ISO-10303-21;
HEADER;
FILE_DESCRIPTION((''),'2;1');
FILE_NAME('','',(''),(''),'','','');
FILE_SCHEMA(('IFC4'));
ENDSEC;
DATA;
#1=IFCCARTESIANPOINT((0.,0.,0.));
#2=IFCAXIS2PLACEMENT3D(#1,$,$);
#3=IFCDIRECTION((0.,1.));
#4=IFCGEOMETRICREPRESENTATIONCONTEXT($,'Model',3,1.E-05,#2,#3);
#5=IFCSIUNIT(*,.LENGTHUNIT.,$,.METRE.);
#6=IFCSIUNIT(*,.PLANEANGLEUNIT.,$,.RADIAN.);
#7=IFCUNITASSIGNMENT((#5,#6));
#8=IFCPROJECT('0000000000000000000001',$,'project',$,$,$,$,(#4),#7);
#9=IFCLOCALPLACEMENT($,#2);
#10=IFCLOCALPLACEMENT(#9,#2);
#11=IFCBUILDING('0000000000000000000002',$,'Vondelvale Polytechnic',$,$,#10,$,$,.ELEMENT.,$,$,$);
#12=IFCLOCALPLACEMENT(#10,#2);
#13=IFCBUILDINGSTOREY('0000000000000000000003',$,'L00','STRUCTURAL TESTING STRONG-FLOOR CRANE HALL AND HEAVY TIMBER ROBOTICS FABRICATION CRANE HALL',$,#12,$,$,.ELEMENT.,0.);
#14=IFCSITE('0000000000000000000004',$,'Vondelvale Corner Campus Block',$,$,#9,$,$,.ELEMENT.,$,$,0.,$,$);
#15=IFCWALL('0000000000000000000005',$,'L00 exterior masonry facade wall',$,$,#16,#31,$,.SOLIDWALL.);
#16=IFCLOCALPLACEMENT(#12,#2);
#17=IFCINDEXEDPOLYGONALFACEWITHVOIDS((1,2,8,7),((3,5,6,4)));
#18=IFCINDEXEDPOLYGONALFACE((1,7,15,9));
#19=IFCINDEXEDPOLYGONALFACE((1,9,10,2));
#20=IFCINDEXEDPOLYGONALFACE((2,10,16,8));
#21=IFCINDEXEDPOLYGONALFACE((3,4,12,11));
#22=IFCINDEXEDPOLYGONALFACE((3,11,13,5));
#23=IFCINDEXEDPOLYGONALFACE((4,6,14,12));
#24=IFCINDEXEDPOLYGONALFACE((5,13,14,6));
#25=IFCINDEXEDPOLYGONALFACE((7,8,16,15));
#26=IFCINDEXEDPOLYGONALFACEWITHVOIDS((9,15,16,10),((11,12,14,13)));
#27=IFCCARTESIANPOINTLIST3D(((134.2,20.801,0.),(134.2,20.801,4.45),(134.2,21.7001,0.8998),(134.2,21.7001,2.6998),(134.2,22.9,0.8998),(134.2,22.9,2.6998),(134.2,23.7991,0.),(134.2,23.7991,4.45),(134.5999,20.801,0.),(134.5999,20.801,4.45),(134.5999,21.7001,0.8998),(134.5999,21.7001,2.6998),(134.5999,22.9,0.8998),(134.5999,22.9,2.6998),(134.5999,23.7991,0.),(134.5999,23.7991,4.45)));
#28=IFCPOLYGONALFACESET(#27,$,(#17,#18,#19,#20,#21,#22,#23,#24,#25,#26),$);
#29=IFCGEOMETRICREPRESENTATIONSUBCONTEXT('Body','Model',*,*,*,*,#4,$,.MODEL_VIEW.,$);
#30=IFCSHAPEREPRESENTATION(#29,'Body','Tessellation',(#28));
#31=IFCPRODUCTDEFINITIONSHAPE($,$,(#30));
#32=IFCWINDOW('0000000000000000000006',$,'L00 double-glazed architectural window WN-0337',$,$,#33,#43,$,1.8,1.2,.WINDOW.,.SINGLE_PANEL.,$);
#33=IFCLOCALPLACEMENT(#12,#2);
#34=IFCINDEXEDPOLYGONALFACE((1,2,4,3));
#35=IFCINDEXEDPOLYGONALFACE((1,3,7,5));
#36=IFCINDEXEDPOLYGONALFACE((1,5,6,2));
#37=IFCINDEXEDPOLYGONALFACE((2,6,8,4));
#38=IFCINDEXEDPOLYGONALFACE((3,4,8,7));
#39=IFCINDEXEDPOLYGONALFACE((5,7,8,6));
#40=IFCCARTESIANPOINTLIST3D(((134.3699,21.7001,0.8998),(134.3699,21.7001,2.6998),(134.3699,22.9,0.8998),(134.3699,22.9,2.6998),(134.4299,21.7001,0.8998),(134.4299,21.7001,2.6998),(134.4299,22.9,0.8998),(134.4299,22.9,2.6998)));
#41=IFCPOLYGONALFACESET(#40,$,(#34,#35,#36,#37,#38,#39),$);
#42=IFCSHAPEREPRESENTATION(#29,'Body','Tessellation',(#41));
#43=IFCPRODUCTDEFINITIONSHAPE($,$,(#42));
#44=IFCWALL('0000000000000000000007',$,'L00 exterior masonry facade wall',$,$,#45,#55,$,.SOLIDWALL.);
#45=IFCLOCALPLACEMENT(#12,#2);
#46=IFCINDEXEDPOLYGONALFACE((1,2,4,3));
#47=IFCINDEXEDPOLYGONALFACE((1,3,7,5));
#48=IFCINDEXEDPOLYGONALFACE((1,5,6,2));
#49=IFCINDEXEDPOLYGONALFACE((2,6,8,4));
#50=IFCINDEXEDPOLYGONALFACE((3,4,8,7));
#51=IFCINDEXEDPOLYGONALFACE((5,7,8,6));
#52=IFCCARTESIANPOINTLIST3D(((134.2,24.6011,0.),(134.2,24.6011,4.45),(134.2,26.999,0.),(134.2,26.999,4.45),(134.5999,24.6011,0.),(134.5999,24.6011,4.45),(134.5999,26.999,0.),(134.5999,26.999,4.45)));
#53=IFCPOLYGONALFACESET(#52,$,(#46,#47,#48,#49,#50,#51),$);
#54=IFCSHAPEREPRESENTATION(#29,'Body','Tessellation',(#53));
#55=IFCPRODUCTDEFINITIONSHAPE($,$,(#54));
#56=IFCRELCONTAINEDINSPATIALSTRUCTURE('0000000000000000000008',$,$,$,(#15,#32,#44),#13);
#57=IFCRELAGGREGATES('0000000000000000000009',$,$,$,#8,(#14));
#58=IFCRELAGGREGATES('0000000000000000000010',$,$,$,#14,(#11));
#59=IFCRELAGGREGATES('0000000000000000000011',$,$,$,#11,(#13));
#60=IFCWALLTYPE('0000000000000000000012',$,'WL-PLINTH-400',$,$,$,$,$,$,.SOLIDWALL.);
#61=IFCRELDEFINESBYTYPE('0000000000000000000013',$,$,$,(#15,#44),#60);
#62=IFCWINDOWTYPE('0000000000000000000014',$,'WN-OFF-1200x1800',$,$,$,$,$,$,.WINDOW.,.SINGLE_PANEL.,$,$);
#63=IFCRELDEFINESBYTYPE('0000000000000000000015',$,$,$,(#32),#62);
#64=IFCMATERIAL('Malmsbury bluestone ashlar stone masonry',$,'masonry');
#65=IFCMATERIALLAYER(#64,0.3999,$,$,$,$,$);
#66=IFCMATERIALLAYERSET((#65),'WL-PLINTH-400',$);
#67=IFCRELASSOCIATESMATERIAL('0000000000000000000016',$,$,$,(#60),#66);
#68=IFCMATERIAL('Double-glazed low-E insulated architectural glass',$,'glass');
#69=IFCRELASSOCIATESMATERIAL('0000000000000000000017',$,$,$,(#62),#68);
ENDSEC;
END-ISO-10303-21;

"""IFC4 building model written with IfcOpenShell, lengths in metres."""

from ifc_helpers import new_model, si_unit, direction, frame, frame_2d, origin, place, context, subcontext, project, spatial, rectangle, extrude, material, layer, layer_set, type_object, element, fill, save


model = new_model("IFC4")

# Units and contexts
model_context = context("Model", 3, precision=1e-05, world=origin(), true_north=direction((0.0, 1.0)))
body_context = subcontext(model_context, "Body", "Model", "MODEL_VIEW")
ifc_project = project(units=[si_unit("LENGTHUNIT", "METRE"), si_unit("PLANEANGLEUNIT", "RADIAN")], contexts=[model_context])

# Site, building, storey
site_placement = place(None, origin())
site = spatial("IfcSite", under=ifc_project, at=site_placement, Name="Vondelvale Corner Campus Block", CompositionType="ELEMENT", RefElevation=0.0)
building_placement = place(site_placement, origin())
building = spatial("IfcBuilding", under=site, at=building_placement, Name="Vondelvale Polytechnic", CompositionType="ELEMENT")
storey_placement = place(building_placement, origin())
storey = spatial("IfcBuildingStorey", under=building, at=storey_placement, Name="L00", Description="STRUCTURAL TESTING STRONG-FLOOR CRANE HALL AND HEAVY TIMBER ROBOTICS FABRICATION CRANE HALL", CompositionType="ELEMENT", Elevation=0.0)

# Wall, opening, window
ifc_material_1 = material(Name="Malmsbury bluestone ashlar stone masonry", Category="masonry")
ifc_layer_1 = layer(ifc_material_1, 0.3999)
ifc_layer_set_1 = layer_set([ifc_layer_1], Name="WL-PLINTH-400")
wall_type_1 = type_object("IfcWallType", Name="WL-PLINTH-400", PredefinedType="SOLIDWALL", material=ifc_layer_set_1)
wall_1_placement = place(storey_placement, frame((134.3999, 20.801, 0.0), z_axis=(0.0, 0.0, 1.0), x_axis=(0.0, 1.0, 0.0)))
wall_1 = element("IfcWall", 1, at=wall_1_placement, inside=storey, type_object=wall_type_1, Name="L00 exterior masonry facade wall", PredefinedType="SOLIDWALL", context=body_context, shape_type="SweptSolid", body=[
    extrude(rectangle(XDim=2.998, YDim=0.3999, at=frame_2d((1.499, 0.0))), origin(), (0.0, 0.0, 1.0), 4.45),
])
opening_1_placement = place(wall_1_placement, frame((0.8989, 0.0, 0.8999)))
opening_1 = element("IfcOpeningElement", 2, at=opening_1_placement, cuts=wall_1, PredefinedType="OPENING", context=body_context, shape_type="SweptSolid", body=[
    extrude(rectangle(XDim=1.2, YDim=1.8, at=frame_2d((0.6001, 0.8999))), frame((0.0, 0.21, 0.0), z_axis=(0.0, -1.0, 0.0), x_axis=(1.0, 0.0, 0.0)), (0.0, 0.0, 1.0), 0.4199),
])
ifc_material_2 = material(Name="Double-glazed low-E insulated architectural glass", Category="glass")
window_type = type_object("IfcWindowType", Name="WN-OFF-1200x1800", PartitioningType="SINGLE_PANEL", PredefinedType="WINDOW", material=ifc_material_2)
window_placement = place(opening_1_placement, origin())
window = element("IfcWindow", 3, at=window_placement, inside=storey, type_object=window_type, Name="L00 double-glazed architectural window WN-0337", OverallHeight=1.8, OverallWidth=1.2, PartitioningType="SINGLE_PANEL", PredefinedType="WINDOW", context=body_context, shape_type="SweptSolid", body=[
    extrude(rectangle(XDim=1.2, YDim=1.8, at=frame_2d((0.6001, 0.8999))), frame((0.0, 0.03, 0.0), z_axis=(0.0, -1.0, 0.0), x_axis=(1.0, 0.0, 0.0)), (0.0, 0.0, 1.0), 0.0601),
])
fill(opening_1, window)

# Wall
wall_2_placement = place(storey_placement, frame((134.3999, 24.6011, 0.0), z_axis=(0.0, 0.0, 1.0), x_axis=(0.0, 1.0, 0.0)))
element("IfcWall", 4, at=wall_2_placement, inside=storey, type_object=wall_type_1, Name="L00 exterior masonry facade wall", PredefinedType="SOLIDWALL", context=body_context, shape_type="SweptSolid", body=[
    extrude(rectangle(XDim=2.3979, YDim=0.3999, at=frame_2d((1.199, 0.0))), origin(), (0.0, 0.0, 1.0), 4.45),
])

save(model, "model.ifc")
